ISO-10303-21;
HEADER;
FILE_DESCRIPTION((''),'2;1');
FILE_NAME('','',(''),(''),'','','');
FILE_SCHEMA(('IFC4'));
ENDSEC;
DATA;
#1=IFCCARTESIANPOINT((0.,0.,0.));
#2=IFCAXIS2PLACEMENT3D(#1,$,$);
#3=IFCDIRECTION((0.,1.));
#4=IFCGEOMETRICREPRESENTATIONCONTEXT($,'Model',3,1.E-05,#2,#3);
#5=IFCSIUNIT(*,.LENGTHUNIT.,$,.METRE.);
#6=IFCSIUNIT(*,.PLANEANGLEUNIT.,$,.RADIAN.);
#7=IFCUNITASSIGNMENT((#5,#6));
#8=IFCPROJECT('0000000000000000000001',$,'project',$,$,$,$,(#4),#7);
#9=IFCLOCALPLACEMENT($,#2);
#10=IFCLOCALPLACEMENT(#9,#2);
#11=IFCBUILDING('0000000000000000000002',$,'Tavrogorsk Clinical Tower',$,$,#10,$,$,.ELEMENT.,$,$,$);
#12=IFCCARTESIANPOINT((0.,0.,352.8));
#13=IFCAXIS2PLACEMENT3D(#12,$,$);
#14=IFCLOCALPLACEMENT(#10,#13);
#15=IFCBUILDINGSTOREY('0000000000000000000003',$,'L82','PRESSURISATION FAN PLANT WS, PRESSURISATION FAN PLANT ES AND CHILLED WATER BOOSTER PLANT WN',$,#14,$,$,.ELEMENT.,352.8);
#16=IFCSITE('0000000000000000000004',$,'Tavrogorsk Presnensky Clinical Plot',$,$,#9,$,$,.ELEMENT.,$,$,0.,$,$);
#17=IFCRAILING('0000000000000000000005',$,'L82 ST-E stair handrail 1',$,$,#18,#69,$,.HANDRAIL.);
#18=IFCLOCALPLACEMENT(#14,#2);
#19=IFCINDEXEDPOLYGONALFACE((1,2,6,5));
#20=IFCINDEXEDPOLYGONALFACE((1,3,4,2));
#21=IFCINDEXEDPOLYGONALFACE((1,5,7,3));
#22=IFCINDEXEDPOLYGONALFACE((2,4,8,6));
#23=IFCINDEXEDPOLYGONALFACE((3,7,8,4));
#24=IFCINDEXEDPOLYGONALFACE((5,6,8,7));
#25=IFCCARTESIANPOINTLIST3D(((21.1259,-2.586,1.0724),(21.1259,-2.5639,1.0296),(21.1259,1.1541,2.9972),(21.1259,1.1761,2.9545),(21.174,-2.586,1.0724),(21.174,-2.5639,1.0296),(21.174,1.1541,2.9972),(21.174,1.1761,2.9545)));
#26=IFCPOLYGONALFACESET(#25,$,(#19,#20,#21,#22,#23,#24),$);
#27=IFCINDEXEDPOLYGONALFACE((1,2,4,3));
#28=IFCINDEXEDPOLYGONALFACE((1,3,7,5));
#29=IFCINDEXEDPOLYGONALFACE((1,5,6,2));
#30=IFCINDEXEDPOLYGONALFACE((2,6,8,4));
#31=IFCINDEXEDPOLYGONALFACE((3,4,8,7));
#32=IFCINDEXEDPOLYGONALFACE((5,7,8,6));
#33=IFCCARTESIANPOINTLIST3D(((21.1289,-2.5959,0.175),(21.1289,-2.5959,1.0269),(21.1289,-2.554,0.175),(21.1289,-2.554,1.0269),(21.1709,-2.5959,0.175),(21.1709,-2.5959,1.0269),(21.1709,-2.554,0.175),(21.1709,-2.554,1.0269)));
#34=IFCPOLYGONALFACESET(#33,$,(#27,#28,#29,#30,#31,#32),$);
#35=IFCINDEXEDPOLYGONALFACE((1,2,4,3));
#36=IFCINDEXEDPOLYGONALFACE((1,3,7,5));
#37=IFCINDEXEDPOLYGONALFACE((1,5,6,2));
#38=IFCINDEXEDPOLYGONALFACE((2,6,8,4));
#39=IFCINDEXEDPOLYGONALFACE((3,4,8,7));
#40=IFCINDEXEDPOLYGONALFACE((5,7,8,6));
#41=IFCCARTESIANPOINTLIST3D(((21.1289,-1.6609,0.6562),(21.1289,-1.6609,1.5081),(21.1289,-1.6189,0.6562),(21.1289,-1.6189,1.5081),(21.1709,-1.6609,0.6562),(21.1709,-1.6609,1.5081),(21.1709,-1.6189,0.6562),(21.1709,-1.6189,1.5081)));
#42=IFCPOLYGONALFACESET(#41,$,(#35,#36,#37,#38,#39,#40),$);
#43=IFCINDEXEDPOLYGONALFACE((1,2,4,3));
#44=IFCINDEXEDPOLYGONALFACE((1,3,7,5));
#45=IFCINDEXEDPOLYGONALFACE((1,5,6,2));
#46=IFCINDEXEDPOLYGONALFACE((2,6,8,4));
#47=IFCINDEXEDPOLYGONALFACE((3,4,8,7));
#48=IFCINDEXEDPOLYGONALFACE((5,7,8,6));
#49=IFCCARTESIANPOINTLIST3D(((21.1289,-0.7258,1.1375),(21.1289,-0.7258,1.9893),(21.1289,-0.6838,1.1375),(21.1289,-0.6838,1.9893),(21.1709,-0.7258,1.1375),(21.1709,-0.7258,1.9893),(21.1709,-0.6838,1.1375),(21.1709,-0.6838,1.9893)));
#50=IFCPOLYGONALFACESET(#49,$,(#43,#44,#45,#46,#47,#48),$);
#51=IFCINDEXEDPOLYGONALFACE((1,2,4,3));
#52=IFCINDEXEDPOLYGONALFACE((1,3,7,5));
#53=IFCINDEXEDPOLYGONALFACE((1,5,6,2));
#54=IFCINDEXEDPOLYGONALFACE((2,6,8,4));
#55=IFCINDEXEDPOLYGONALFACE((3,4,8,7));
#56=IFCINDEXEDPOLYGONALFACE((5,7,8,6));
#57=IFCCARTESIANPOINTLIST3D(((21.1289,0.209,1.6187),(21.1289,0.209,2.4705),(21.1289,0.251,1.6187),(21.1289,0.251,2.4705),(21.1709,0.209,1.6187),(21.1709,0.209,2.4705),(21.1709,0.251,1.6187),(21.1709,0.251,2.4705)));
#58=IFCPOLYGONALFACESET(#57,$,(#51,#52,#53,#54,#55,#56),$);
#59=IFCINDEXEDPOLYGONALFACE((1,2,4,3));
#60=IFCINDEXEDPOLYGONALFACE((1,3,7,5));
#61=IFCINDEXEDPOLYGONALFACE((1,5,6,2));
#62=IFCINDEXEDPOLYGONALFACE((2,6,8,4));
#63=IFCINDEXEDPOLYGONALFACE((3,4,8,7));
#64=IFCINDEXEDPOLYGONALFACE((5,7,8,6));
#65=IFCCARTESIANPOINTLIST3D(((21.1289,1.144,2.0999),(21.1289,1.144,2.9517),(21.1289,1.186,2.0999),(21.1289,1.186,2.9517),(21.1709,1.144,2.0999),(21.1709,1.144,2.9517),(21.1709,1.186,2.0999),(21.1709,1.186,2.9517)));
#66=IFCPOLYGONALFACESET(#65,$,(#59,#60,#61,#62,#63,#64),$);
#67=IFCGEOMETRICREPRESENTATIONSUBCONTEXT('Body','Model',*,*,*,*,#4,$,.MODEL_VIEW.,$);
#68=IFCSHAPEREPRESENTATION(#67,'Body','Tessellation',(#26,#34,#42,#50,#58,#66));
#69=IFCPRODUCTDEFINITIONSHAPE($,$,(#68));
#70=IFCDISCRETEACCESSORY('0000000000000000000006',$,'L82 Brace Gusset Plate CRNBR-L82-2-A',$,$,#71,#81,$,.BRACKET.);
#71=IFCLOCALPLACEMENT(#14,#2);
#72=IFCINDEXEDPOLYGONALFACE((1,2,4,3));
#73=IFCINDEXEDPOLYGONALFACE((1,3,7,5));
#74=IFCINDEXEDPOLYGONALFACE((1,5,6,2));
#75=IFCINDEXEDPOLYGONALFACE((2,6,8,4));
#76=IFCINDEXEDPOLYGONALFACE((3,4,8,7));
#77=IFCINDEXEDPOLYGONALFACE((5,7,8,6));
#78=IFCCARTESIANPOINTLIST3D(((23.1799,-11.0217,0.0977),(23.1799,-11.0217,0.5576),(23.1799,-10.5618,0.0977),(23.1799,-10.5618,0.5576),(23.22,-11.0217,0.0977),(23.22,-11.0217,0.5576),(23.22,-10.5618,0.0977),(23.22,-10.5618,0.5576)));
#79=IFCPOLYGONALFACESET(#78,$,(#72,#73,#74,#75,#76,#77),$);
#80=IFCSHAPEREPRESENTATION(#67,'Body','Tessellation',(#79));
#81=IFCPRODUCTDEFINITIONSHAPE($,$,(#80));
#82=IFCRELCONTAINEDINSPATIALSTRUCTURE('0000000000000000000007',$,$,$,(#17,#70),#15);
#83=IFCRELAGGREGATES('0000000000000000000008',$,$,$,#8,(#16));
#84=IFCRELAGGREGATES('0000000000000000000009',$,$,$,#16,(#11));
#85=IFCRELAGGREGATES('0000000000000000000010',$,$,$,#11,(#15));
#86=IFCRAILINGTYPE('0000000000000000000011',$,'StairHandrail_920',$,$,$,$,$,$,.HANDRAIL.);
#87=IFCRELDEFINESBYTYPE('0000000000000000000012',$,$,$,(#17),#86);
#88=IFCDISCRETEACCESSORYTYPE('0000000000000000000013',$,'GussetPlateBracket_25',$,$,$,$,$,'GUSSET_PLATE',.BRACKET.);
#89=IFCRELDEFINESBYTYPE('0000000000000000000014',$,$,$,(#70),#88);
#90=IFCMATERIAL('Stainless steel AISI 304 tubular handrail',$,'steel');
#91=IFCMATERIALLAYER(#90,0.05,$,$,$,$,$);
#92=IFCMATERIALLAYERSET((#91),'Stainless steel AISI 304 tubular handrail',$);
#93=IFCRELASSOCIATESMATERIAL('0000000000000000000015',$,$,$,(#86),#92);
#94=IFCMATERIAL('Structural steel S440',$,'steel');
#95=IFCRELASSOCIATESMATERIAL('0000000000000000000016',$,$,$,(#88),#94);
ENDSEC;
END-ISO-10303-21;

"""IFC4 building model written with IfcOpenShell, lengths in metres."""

from ifc_helpers import new_model, si_unit, direction, frame, origin, origin_2d, place, context, subcontext, project, spatial, rectangle, extrude, material, layer, layer_set, type_object, element, save


model = new_model("IFC4")

# Units and contexts
model_context = context("Model", 3, precision=1e-05, world=origin(), true_north=direction((0.0, 1.0)))
body_context = subcontext(model_context, "Body", "Model", "MODEL_VIEW")
ifc_project = project(units=[si_unit("LENGTHUNIT", "METRE"), si_unit("PLANEANGLEUNIT", "RADIAN")], contexts=[model_context])

# Site, building, storey
site_placement = place(None, origin())
site = spatial("IfcSite", under=ifc_project, at=site_placement, Name="Tavrogorsk Presnensky Clinical Plot", CompositionType="ELEMENT", RefElevation=0.0)
building_placement = place(site_placement, origin())
building = spatial("IfcBuilding", under=site, at=building_placement, Name="Tavrogorsk Clinical Tower", CompositionType="ELEMENT")
storey_placement = place(building_placement, frame((0.0, 0.0, 352.8)))
storey = spatial("IfcBuildingStorey", under=building, at=storey_placement, Name="L82", Description="PRESSURISATION FAN PLANT WS, PRESSURISATION FAN PLANT ES AND CHILLED WATER BOOSTER PLANT WN", CompositionType="ELEMENT", Elevation=352.8)

# Railing
ifc_material_1 = material(Name="Stainless steel AISI 304 tubular handrail", Category="steel")
ifc_layer_1 = layer(ifc_material_1, 0.05)
ifc_layer_set_1 = layer_set([ifc_layer_1], Name="Stainless steel AISI 304 tubular handrail")
railing_type_1 = type_object("IfcRailingType", Name="StairHandrail_920", PredefinedType="HANDRAIL", material=ifc_layer_set_1)
railing_1_placement = place(storey_placement, frame((21.1499, -2.575, 0.175)))
element("IfcRailing", 1, at=railing_1_placement, inside=storey, type_object=railing_type_1, Name="L82 ST-E stair handrail 1", PredefinedType="HANDRAIL", context=body_context, shape_type="SweptSolid", body=[
    extrude(rectangle(XDim=0.0481, YDim=0.0481, at=origin_2d()), frame((0.0, 0.0, 0.876), z_axis=(0.0, 0.889154, 0.457608), x_axis=(-1.0, 0.0, 0.0)), (0.0, 0.0, 1.0), 4.2063),
    extrude(rectangle(XDim=0.042, YDim=0.042, at=origin_2d()), origin(), (0.0, 0.0, 1.0), 0.8518),
    extrude(rectangle(XDim=0.042, YDim=0.042, at=origin_2d()), frame((0.0, 0.9351, 0.4812)), (0.0, 0.0, 1.0), 0.8518),
    extrude(rectangle(XDim=0.042, YDim=0.042, at=origin_2d()), frame((0.0, 1.8701, 0.9624)), (0.0, 0.0, 1.0), 0.8518),
    extrude(rectangle(XDim=0.042, YDim=0.042, at=origin_2d()), frame((0.0, 2.8049, 1.4436)), (0.0, 0.0, 1.0), 0.8518),
    extrude(rectangle(XDim=0.042, YDim=0.042, at=origin_2d()), frame((0.0, 3.74, 1.9248)), (0.0, 0.0, 1.0), 0.8518),
])

# Discrete accessory
ifc_material_2 = material(Name="Structural steel S440", Category="steel")
discrete_accessory_type = type_object("IfcDiscreteAccessoryType", Name="GussetPlateBracket_25", ElementType="GUSSET_PLATE", PredefinedType="BRACKET", material=ifc_material_2)
discrete_accessory_placement = place(storey_placement, frame((23.2, -10.7917, 0.0977), z_axis=(0.0, 0.0, 1.0), x_axis=(0.0, 1.0, 0.0)))
element("IfcDiscreteAccessory", 2, at=discrete_accessory_placement, inside=storey, type_object=discrete_accessory_type, Name="L82 Brace Gusset Plate CRNBR-L82-2-A", PredefinedType="BRACKET", context=body_context, shape_type="SweptSolid", body=[
    extrude(rectangle(XDim=0.46, YDim=0.04, at=origin_2d()), origin(), (0.0, 0.0, 1.0), 0.46),
])

save(model, "model.ifc")
